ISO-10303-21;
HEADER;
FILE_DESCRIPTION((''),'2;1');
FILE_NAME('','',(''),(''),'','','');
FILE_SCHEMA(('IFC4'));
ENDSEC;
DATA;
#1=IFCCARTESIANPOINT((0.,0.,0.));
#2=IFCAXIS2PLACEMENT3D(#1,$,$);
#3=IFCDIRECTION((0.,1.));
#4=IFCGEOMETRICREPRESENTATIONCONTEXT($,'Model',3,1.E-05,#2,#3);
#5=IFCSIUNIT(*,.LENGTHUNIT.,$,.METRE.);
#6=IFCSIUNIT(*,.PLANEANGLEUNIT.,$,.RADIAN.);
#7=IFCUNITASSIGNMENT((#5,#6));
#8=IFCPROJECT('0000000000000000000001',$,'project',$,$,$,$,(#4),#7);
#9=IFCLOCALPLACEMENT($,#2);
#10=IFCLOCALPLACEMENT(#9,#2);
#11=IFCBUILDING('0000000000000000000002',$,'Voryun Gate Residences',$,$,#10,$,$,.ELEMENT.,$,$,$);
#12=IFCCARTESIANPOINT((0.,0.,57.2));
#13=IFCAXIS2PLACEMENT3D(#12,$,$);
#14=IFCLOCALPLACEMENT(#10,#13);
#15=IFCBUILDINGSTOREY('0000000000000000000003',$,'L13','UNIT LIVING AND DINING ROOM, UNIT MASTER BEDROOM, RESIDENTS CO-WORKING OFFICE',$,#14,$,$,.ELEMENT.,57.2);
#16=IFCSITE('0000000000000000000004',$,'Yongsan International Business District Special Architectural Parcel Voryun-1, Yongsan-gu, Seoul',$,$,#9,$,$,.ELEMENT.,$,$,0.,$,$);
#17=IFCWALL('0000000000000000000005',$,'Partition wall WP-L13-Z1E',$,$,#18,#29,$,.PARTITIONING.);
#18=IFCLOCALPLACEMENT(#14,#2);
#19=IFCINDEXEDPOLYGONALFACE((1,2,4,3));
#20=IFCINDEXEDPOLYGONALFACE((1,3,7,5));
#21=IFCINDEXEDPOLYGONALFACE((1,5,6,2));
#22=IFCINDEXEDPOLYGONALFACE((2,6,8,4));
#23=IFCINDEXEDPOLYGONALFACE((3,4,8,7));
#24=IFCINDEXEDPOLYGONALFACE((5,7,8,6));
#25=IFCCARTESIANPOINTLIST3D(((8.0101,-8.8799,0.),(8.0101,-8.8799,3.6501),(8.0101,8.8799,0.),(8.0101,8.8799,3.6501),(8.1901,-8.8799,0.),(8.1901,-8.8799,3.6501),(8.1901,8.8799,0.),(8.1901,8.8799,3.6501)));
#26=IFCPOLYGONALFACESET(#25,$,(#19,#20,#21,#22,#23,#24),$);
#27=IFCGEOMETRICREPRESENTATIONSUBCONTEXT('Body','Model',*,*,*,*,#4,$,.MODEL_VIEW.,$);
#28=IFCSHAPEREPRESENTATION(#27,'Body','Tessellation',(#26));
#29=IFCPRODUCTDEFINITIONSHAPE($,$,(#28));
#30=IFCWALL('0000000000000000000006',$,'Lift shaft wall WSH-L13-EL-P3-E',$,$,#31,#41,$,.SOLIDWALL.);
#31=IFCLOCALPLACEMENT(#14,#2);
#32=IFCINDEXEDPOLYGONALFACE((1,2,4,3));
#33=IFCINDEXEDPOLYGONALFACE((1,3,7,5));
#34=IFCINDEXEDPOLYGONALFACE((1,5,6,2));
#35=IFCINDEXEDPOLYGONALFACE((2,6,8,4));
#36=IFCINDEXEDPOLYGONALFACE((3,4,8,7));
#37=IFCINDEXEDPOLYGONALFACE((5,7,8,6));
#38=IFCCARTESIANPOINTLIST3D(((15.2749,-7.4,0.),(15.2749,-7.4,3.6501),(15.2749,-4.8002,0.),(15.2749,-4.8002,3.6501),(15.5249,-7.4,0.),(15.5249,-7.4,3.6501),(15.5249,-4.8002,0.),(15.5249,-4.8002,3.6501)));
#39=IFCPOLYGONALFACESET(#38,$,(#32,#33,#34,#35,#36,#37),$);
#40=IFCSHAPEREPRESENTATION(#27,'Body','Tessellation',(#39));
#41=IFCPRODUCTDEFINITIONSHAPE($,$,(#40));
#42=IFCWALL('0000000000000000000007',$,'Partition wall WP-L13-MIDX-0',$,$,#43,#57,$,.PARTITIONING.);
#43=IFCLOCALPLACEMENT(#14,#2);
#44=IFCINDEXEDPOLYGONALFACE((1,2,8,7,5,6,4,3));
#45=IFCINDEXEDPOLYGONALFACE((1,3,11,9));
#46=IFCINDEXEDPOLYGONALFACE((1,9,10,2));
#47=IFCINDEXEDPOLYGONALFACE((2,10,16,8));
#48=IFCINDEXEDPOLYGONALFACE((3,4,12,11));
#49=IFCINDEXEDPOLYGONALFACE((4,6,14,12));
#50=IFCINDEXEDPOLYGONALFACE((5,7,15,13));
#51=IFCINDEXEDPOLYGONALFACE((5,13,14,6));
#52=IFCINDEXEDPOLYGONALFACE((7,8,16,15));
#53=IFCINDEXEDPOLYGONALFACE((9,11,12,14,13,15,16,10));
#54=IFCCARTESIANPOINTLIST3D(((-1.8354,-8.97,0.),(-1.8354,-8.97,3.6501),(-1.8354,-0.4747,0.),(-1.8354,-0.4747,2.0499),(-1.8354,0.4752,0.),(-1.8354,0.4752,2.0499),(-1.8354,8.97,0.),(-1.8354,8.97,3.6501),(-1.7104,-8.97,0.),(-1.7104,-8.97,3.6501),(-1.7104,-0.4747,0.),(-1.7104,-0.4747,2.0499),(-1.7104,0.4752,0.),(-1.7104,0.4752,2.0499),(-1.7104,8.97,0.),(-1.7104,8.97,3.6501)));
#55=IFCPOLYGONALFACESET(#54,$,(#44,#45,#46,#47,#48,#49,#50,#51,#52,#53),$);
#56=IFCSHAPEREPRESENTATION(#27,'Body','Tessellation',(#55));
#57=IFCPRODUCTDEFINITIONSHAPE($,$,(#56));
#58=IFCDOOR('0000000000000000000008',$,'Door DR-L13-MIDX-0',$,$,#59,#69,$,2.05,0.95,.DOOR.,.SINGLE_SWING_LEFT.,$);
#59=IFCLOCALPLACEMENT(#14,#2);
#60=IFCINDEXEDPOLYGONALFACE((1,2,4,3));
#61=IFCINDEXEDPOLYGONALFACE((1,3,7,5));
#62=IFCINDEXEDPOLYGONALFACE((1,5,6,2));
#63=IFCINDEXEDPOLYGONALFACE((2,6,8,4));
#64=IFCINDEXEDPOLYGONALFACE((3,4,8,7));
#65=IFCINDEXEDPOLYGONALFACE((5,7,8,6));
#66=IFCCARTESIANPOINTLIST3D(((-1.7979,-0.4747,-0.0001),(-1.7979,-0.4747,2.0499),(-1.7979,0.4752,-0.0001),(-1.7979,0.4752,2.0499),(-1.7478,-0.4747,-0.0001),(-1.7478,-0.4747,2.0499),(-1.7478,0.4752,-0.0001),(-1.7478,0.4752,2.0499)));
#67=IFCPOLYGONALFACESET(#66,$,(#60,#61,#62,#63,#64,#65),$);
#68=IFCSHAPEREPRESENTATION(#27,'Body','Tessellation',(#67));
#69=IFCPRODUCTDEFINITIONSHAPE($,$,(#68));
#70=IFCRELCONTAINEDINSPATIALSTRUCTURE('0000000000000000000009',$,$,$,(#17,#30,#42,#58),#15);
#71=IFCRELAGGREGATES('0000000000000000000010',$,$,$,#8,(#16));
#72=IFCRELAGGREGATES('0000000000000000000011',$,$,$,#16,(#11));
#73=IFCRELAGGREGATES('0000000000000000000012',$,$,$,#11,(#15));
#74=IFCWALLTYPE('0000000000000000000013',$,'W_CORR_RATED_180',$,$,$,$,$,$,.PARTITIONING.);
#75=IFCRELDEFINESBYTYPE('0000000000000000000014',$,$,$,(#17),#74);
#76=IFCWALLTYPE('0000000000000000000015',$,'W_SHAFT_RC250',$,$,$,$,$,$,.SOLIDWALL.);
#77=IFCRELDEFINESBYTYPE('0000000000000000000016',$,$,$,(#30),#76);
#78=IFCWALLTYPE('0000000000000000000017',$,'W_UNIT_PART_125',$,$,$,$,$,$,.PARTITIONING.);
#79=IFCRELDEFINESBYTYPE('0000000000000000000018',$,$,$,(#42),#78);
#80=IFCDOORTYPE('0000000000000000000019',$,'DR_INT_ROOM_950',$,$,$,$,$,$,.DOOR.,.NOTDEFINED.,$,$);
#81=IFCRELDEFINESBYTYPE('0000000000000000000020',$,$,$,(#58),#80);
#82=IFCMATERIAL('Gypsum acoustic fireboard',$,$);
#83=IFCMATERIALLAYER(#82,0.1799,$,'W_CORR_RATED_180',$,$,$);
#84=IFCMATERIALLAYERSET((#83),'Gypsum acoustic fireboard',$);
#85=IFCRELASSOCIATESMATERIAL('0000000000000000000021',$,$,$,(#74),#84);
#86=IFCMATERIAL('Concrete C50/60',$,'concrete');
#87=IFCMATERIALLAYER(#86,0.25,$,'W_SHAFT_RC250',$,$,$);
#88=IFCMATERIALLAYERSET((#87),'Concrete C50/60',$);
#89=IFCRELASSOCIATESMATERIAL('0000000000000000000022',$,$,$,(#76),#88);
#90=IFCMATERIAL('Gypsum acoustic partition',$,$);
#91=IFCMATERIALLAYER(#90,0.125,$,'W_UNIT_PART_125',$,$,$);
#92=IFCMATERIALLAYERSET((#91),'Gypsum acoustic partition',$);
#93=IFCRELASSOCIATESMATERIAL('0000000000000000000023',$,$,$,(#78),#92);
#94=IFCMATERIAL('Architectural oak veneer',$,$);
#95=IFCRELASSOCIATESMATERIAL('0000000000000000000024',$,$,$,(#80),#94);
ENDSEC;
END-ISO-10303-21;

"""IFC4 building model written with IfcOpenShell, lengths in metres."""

from ifc_helpers import new_model, si_unit, direction, frame, frame_2d, origin, place, context, subcontext, project, spatial, rectangle, extrude, material, layer, layer_set, type_object, element, fill, save


model = new_model("IFC4")

# Units and contexts
model_context = context("Model", 3, precision=1e-05, world=origin(), true_north=direction((0.0, 1.0)))
body_context = subcontext(model_context, "Body", "Model", "MODEL_VIEW")
ifc_project = project(units=[si_unit("LENGTHUNIT", "METRE"), si_unit("PLANEANGLEUNIT", "RADIAN")], contexts=[model_context])

# Site, building, storey
site_placement = place(None, origin())
site = spatial("IfcSite", under=ifc_project, at=site_placement, Name="Yongsan International Business District Special Architectural Parcel Voryun-1, Yongsan-gu, Seoul", CompositionType="ELEMENT", RefElevation=0.0)
building_placement = place(site_placement, origin())
building = spatial("IfcBuilding", under=site, at=building_placement, Name="Voryun Gate Residences", CompositionType="ELEMENT")
storey_placement = place(building_placement, frame((0.0, 0.0, 57.2)))
storey = spatial("IfcBuildingStorey", under=building, at=storey_placement, Name="L13", Description="UNIT LIVING AND DINING ROOM, UNIT MASTER BEDROOM, RESIDENTS CO-WORKING OFFICE", CompositionType="ELEMENT", Elevation=57.2)

# Shared definitions
ifc_material_1 = material(Name="Gypsum acoustic fireboard")
ifc_layer_1 = layer(ifc_material_1, 0.1799, Name="W_CORR_RATED_180")
ifc_layer_set_1 = layer_set([ifc_layer_1], Name="Gypsum acoustic fireboard")
wall_type_1 = type_object("IfcWallType", Name="W_CORR_RATED_180", PredefinedType="PARTITIONING", material=ifc_layer_set_1)

# Walls
wall_1_placement = place(storey_placement, frame((8.1001, -8.8799, 0.0), z_axis=(0.0, 0.0, 1.0), x_axis=(0.0, 1.0, 0.0)))
element("IfcWall", 1, at=wall_1_placement, inside=storey, type_object=wall_type_1, Name="Partition wall WP-L13-Z1E", PredefinedType="PARTITIONING", context=body_context, shape_type="SweptSolid", body=[
    extrude(rectangle(XDim=17.7598, YDim=0.1799, at=frame_2d((8.8799, 0.0))), origin(), (0.0, 0.0, 1.0), 3.6501),
])
ifc_material_2 = material(Name="Concrete C50/60", Category="concrete")
ifc_layer_2 = layer(ifc_material_2, 0.25, Name="W_SHAFT_RC250")
ifc_layer_set_2 = layer_set([ifc_layer_2], Name="Concrete C50/60")
wall_type_2 = type_object("IfcWallType", Name="W_SHAFT_RC250", PredefinedType="SOLIDWALL", material=ifc_layer_set_2)
wall_2_placement = place(storey_placement, frame((15.3999, -7.3999, 0.0), z_axis=(0.0, 0.0, 1.0), x_axis=(0.0, 1.0, 0.0)))
element("IfcWall", 2, at=wall_2_placement, inside=storey, type_object=wall_type_2, Name="Lift shaft wall WSH-L13-EL-P3-E", PredefinedType="SOLIDWALL", context=body_context, shape_type="SweptSolid", body=[
    extrude(rectangle(XDim=2.5999, YDim=0.25, at=frame_2d((1.2998, 0.0))), origin(), (0.0, 0.0, 1.0), 3.6501),
])

# Wall, opening, door
ifc_material_3 = material(Name="Gypsum acoustic partition")
ifc_layer_3 = layer(ifc_material_3, 0.125, Name="W_UNIT_PART_125")
ifc_layer_set_3 = layer_set([ifc_layer_3], Name="Gypsum acoustic partition")
wall_type_3 = type_object("IfcWallType", Name="W_UNIT_PART_125", PredefinedType="PARTITIONING", material=ifc_layer_set_3)
wall_3_placement = place(storey_placement, frame((-1.7729, -8.97, 0.0), z_axis=(0.0, 0.0, 1.0), x_axis=(0.0, 1.0, 0.0)))
wall_3 = element("IfcWall", 3, at=wall_3_placement, inside=storey, type_object=wall_type_3, Name="Partition wall WP-L13-MIDX-0", PredefinedType="PARTITIONING", context=body_context, shape_type="SweptSolid", body=[
    extrude(rectangle(XDim=17.9399, YDim=0.125, at=frame_2d((8.97, 0.0))), origin(), (0.0, 0.0, 1.0), 3.6501),
])
opening_1_placement = place(wall_3_placement, frame((8.4951, 0.0, 0.0)))
opening_1 = element("IfcOpeningElement", 4, at=opening_1_placement, cuts=wall_3, PredefinedType="OPENING", context=body_context, shape_type="SweptSolid", body=[
    extrude(rectangle(XDim=0.95, YDim=2.05, at=frame_2d((0.4751, 1.0249))), frame((0.0, 0.0725, 0.0), z_axis=(0.0, -1.0, 0.0), x_axis=(1.0, 0.0, 0.0)), (0.0, 0.0, 1.0), 0.145),
])
ifc_material_4 = material(Name="Architectural oak veneer")
door_type_1 = type_object("IfcDoorType", Name="DR_INT_ROOM_950", OperationType="NOTDEFINED", PredefinedType="DOOR", material=ifc_material_4)
door_1_placement = place(opening_1_placement, origin())
door_1 = element("IfcDoor", 5, at=door_1_placement, inside=storey, type_object=door_type_1, Name="Door DR-L13-MIDX-0", OperationType="SINGLE_SWING_LEFT", OverallHeight=2.05, OverallWidth=0.95, PredefinedType="DOOR", context=body_context, shape_type="SweptSolid", body=[
    extrude(rectangle(XDim=0.95, YDim=2.05, at=frame_2d((0.4751, 1.0249))), frame((0.0, 0.0249, 0.0), z_axis=(0.0, -1.0, 0.0), x_axis=(1.0, 0.0, 0.0)), (0.0, 0.0, 1.0), 0.05),
])
fill(opening_1, door_1)

save(model, "model.ifc")
